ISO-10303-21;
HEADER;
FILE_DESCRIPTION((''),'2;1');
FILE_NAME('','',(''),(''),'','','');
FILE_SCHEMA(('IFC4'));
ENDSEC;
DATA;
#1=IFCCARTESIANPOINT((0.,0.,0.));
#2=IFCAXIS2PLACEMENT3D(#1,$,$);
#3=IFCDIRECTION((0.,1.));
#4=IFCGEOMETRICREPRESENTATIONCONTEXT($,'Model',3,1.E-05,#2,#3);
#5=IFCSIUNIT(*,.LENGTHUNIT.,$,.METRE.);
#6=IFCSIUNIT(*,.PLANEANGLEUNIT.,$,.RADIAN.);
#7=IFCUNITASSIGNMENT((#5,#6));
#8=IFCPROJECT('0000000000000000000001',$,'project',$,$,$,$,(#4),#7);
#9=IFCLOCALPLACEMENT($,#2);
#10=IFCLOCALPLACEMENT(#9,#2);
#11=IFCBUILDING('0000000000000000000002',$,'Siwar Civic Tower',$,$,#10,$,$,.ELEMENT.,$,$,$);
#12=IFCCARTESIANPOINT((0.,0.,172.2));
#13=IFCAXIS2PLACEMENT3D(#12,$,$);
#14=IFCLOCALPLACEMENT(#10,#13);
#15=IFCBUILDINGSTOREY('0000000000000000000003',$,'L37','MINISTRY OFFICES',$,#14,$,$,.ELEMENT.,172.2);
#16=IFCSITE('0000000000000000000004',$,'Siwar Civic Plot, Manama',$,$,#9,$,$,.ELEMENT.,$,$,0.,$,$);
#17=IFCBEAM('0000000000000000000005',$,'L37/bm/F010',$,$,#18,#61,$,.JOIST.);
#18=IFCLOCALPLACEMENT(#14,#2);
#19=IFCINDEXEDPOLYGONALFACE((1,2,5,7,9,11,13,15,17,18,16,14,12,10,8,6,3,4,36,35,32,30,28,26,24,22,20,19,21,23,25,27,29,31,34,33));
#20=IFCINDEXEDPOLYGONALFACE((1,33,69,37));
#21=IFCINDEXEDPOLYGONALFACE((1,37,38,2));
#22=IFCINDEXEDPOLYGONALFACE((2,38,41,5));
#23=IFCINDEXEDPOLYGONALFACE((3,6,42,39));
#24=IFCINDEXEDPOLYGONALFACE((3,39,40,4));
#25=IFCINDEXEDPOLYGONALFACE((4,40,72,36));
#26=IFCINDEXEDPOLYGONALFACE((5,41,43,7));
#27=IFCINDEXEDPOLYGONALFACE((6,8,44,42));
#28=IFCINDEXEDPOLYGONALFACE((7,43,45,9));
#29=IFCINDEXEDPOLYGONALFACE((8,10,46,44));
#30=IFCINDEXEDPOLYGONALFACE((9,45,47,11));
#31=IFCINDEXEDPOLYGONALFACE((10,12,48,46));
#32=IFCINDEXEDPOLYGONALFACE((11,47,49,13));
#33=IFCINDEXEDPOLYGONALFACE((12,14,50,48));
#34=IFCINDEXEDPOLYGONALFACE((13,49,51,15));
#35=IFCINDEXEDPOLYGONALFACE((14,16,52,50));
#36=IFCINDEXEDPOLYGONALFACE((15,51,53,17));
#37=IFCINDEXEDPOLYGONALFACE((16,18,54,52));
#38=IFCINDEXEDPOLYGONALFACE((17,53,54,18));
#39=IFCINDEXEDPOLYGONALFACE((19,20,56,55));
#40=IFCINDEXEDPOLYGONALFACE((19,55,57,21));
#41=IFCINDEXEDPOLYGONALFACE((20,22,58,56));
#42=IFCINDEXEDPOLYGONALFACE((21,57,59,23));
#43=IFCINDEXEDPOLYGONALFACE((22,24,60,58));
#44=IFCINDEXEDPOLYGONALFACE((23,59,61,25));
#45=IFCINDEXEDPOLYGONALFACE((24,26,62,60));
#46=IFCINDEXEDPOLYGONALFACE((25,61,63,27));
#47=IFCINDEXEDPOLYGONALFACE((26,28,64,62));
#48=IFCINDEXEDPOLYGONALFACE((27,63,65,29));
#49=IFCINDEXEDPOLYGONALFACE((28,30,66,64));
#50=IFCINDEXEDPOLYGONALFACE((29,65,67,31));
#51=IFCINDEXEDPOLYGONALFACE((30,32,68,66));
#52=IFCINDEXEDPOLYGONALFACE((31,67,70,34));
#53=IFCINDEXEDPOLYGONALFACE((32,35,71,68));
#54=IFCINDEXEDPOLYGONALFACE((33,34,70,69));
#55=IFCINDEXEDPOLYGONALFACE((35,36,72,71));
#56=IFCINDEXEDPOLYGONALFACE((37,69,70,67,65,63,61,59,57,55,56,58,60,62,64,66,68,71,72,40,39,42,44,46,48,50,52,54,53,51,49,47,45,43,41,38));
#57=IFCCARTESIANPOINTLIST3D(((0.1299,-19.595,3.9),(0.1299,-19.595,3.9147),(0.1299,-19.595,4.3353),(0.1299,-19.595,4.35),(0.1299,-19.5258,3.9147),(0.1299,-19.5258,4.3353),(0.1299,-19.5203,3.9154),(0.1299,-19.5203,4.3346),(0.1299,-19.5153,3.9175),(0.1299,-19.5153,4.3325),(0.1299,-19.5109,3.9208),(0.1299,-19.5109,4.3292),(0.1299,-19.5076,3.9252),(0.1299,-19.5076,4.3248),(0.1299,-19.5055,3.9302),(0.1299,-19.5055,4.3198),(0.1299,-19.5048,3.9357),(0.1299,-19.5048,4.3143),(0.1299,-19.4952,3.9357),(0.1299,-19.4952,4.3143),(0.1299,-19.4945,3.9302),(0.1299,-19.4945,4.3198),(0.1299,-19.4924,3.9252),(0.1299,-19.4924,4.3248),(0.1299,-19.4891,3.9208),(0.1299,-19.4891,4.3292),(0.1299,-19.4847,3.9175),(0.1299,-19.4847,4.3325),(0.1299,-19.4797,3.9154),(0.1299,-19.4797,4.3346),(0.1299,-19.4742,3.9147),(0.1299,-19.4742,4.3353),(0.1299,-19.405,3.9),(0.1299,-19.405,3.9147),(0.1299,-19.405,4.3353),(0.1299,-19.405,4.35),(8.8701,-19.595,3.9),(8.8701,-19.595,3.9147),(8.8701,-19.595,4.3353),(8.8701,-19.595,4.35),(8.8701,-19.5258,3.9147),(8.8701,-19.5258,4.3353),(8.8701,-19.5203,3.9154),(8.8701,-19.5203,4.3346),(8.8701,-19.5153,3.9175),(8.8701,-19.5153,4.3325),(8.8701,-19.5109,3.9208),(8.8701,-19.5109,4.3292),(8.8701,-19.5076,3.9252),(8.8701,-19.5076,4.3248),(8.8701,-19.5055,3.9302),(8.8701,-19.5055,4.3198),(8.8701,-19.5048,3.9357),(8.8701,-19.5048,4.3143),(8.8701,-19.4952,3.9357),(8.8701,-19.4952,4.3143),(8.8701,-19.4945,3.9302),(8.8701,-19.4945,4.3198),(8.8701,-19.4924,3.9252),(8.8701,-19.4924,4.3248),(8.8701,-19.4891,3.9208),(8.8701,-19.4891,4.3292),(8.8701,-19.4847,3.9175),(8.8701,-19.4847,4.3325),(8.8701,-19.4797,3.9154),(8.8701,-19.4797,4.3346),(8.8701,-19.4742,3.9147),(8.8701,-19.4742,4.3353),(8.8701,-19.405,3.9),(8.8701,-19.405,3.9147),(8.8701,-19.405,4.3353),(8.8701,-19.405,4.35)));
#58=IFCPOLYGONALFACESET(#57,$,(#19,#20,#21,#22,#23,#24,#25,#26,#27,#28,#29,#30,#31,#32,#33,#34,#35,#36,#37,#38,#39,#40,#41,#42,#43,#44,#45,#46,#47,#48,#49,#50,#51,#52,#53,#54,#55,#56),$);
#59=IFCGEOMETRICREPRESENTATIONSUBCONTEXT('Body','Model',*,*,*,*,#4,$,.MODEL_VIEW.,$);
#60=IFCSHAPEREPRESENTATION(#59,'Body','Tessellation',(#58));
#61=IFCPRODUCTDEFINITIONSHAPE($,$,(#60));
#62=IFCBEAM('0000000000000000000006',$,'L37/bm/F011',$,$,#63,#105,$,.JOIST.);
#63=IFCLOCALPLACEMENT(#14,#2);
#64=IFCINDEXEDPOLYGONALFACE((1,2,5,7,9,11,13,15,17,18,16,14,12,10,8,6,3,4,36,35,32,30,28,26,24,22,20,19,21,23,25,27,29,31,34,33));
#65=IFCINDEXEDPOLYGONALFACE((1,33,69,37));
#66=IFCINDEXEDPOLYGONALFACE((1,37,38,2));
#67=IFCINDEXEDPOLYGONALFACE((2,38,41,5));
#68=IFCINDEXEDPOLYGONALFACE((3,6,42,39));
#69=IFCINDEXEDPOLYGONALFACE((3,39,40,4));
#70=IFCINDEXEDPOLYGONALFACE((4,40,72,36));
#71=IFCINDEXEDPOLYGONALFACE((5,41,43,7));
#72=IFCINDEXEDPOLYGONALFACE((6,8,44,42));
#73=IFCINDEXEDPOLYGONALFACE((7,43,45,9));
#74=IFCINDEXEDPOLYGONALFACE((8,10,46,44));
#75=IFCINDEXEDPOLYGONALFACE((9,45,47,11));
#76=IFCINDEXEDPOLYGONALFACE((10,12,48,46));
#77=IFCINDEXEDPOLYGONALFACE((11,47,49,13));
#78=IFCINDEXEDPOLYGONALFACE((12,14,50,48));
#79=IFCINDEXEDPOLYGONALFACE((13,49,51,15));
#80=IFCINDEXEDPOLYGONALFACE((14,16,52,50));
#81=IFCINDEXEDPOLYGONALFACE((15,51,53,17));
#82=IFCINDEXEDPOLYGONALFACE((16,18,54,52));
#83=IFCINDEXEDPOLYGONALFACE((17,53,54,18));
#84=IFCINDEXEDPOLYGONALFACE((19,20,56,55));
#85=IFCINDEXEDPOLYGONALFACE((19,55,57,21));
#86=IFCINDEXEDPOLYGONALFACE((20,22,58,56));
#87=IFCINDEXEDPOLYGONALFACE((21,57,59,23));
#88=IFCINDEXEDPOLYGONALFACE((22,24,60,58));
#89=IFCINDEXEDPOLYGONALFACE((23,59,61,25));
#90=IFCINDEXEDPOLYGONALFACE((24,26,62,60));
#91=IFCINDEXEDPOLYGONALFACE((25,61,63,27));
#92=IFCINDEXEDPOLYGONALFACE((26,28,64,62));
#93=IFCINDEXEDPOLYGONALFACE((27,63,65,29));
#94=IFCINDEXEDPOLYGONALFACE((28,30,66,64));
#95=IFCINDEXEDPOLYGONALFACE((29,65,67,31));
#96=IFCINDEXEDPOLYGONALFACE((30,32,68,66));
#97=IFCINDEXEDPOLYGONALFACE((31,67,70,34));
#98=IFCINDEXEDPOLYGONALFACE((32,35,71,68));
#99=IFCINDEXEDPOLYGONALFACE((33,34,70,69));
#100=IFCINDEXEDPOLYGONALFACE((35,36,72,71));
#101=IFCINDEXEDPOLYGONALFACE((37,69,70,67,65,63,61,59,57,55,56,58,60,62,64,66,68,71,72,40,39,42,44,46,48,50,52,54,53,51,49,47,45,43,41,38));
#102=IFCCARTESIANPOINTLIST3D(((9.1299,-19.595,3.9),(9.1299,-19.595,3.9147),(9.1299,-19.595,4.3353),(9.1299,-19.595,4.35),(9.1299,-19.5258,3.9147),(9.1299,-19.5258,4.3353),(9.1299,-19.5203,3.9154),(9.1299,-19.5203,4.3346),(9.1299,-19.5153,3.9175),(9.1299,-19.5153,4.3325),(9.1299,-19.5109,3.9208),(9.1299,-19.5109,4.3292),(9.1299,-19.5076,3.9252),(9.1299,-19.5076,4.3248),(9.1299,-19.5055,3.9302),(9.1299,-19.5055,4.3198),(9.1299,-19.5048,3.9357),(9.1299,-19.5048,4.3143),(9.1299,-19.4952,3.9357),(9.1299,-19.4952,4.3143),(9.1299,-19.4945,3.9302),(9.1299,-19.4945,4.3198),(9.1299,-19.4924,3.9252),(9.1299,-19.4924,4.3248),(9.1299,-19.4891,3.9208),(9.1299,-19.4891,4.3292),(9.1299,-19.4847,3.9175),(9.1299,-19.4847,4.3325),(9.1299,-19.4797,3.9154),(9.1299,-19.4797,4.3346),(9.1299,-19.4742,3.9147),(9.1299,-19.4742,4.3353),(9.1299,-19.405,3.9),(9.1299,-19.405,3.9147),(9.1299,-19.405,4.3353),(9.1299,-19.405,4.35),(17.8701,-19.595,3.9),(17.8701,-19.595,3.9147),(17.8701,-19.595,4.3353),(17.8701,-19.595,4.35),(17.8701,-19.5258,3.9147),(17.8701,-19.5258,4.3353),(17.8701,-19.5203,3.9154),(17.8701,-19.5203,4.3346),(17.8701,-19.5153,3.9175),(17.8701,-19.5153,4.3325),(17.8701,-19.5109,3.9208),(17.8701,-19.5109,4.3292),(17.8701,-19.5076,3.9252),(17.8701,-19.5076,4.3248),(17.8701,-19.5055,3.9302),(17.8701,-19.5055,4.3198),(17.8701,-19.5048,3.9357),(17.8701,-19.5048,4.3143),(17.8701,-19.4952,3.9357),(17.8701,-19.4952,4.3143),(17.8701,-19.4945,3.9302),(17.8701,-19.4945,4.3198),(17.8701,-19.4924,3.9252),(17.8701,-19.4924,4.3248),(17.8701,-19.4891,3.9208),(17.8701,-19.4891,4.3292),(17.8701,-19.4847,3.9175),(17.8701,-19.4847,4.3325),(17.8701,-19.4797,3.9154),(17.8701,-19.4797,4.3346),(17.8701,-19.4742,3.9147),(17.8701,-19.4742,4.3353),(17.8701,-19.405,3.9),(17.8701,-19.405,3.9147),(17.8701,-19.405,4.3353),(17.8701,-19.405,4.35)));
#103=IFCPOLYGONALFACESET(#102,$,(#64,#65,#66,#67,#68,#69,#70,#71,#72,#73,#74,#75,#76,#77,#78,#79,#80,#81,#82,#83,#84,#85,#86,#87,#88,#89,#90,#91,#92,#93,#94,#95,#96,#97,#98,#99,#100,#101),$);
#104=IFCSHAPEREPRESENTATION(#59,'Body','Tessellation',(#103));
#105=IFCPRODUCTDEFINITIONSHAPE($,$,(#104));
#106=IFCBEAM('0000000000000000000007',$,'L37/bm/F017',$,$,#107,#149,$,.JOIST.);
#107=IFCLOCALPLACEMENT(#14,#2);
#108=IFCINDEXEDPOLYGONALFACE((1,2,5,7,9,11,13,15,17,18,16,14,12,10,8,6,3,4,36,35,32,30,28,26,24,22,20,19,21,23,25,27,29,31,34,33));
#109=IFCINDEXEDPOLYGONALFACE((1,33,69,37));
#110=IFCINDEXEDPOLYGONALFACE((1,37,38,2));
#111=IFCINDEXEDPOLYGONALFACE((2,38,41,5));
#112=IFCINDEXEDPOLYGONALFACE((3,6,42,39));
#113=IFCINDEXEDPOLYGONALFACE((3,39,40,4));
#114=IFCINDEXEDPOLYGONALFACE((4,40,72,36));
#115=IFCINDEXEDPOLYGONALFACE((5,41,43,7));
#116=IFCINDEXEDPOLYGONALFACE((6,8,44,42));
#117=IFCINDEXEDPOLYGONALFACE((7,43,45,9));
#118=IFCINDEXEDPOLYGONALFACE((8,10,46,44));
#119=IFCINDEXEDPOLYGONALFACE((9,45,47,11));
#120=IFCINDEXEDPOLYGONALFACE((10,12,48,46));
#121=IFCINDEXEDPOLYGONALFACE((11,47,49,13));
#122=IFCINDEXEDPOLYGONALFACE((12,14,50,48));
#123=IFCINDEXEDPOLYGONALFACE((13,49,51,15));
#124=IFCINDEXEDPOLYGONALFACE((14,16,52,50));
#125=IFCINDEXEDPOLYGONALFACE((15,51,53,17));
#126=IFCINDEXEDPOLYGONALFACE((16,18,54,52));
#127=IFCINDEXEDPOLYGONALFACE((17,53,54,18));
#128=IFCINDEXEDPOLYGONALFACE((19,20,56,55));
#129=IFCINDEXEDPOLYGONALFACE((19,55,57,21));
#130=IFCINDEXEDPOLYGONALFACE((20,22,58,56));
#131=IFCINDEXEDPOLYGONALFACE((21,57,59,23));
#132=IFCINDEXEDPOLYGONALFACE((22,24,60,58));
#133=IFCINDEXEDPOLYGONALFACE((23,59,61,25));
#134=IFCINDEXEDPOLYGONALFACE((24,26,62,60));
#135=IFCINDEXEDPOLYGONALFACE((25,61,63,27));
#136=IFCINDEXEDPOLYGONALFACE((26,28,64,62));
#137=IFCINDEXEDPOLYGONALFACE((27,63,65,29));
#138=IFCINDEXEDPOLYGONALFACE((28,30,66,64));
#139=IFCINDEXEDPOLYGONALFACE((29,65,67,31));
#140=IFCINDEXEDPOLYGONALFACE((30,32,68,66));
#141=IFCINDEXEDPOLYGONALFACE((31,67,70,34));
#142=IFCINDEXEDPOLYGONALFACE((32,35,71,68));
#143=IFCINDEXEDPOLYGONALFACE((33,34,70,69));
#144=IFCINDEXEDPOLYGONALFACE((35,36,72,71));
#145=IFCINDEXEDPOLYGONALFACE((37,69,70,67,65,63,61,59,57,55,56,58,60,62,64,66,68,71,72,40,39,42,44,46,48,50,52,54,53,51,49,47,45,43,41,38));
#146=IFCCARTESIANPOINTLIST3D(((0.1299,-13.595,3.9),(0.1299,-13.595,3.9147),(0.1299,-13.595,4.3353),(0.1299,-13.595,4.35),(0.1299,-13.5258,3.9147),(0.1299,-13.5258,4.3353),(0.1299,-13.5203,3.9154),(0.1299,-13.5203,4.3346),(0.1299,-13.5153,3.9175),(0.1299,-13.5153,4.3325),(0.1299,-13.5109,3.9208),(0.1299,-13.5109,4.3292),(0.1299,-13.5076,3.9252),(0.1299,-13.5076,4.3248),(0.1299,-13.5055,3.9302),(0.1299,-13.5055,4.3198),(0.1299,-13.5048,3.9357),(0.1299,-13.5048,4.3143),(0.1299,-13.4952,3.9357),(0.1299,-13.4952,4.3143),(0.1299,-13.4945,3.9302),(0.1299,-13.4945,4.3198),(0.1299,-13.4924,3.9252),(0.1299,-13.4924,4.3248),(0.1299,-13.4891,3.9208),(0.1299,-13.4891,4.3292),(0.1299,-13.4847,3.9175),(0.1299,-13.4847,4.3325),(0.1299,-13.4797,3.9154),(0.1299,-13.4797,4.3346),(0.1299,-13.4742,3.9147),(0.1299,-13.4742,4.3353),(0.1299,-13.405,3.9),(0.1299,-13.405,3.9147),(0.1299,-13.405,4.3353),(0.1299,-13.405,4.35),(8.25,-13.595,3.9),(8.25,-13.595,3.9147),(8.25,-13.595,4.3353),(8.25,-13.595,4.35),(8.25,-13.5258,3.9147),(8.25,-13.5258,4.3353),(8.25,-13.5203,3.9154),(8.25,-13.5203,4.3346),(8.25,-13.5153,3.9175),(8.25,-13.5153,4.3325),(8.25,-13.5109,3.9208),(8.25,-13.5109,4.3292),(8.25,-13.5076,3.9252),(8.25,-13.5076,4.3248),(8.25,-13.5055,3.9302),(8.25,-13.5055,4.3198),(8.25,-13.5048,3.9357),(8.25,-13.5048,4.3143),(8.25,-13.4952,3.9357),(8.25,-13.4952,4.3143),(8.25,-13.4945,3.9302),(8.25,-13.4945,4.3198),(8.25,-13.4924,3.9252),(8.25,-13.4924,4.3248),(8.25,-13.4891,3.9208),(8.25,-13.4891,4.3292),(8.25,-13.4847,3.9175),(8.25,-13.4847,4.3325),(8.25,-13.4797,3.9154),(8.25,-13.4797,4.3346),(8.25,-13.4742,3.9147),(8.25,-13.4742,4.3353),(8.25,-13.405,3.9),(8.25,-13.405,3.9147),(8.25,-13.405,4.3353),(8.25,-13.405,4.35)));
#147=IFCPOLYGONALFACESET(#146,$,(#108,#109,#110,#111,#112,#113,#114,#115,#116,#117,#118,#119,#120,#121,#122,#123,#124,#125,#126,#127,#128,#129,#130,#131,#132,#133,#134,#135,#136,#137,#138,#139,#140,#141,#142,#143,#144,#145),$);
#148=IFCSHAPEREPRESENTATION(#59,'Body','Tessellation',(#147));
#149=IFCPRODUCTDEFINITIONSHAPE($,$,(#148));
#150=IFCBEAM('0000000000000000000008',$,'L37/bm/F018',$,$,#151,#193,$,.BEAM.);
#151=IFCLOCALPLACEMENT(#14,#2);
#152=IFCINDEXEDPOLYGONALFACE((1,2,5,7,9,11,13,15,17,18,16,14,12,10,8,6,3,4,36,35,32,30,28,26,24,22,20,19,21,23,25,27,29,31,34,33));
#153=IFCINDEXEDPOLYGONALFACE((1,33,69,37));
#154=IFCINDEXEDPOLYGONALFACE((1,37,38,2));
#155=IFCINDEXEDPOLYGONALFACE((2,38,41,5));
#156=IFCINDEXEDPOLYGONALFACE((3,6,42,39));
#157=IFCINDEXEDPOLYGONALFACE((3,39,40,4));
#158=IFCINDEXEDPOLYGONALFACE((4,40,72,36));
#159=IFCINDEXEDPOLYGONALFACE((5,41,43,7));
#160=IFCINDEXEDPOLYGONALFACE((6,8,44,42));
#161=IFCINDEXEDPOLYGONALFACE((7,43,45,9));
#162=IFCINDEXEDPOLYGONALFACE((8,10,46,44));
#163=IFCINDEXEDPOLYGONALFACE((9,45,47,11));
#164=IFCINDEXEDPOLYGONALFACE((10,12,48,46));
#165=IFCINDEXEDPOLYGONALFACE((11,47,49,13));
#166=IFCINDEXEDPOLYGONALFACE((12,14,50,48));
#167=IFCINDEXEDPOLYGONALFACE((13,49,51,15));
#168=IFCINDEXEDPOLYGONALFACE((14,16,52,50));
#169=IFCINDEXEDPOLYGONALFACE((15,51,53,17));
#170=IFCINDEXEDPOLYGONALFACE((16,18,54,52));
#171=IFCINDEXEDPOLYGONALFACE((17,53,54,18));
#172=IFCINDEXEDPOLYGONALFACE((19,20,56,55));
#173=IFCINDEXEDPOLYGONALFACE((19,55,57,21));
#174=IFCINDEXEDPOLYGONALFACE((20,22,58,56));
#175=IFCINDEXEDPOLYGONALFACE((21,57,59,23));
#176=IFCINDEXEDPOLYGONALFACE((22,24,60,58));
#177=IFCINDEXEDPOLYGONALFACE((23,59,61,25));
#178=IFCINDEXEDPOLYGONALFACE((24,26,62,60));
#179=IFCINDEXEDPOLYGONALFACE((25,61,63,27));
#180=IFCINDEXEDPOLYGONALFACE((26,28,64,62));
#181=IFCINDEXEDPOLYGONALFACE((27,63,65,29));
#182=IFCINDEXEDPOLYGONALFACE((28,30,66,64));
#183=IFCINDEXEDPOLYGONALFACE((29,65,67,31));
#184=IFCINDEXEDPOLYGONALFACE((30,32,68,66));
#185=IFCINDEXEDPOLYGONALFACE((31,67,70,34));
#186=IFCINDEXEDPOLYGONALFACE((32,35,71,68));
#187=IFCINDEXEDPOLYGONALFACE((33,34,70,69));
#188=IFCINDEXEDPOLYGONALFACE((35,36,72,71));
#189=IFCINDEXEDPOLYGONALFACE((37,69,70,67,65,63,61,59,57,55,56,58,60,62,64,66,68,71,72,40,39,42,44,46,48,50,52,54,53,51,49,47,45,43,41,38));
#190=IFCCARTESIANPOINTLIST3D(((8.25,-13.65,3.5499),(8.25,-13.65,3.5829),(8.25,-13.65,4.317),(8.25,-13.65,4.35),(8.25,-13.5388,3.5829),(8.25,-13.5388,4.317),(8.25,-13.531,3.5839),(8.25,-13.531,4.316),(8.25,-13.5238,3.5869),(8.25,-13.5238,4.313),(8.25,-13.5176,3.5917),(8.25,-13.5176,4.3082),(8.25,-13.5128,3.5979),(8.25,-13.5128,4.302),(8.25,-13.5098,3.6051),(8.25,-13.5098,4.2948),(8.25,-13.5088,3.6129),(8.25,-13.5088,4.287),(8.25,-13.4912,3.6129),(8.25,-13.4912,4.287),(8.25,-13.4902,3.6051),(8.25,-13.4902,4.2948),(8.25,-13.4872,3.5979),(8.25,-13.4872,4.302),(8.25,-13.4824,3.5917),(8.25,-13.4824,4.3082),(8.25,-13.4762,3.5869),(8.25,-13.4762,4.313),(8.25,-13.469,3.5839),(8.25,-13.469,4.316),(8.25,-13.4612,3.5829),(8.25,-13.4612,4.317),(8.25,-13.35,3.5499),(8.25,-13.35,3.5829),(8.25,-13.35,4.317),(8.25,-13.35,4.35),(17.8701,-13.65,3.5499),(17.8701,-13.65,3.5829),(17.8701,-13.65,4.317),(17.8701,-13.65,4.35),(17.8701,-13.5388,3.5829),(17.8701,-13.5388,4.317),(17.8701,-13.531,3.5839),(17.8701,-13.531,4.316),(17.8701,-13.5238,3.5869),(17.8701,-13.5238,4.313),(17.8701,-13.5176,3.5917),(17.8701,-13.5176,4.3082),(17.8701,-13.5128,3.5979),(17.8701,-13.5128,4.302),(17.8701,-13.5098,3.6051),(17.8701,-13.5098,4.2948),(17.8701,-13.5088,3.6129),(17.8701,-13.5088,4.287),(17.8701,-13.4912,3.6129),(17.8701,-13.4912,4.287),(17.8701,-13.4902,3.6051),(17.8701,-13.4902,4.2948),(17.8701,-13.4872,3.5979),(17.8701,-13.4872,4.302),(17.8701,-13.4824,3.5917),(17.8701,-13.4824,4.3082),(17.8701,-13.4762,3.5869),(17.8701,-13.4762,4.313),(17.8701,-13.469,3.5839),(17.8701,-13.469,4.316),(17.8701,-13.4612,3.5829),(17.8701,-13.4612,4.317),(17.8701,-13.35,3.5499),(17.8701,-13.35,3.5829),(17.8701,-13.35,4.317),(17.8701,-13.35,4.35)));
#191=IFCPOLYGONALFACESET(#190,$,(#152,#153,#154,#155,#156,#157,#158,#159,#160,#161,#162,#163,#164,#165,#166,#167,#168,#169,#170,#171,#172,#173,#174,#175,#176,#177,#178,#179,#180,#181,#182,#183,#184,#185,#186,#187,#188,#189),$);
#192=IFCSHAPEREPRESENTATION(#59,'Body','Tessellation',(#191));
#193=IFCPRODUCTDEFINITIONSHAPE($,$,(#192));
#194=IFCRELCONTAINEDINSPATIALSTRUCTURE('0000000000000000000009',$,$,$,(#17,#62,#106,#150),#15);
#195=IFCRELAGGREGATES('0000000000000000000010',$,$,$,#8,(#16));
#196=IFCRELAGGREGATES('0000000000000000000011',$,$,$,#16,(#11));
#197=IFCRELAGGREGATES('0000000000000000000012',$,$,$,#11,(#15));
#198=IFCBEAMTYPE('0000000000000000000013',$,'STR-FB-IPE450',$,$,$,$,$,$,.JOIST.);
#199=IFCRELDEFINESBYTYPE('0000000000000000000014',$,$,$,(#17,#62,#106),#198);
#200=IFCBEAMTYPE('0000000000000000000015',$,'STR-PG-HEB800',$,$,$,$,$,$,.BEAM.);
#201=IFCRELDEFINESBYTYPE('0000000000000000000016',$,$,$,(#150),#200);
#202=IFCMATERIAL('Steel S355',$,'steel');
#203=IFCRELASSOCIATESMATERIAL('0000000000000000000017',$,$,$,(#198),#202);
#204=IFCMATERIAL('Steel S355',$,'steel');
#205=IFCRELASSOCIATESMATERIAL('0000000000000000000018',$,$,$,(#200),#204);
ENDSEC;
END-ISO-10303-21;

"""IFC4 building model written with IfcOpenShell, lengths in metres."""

from ifc_helpers import new_model, si_unit, direction, frame, origin, origin_2d, place, context, subcontext, project, spatial, i_section, extrude, material, material_profile, profile_set, type_object, element, save


model = new_model("IFC4")

# Units and contexts
model_context = context("Model", 3, precision=1e-05, world=origin(), true_north=direction((0.0, 1.0)))
body_context = subcontext(model_context, "Body", "Model", "MODEL_VIEW")
ifc_project = project(units=[si_unit("LENGTHUNIT", "METRE"), si_unit("PLANEANGLEUNIT", "RADIAN")], contexts=[model_context])

# Site, building, storey
site_placement = place(None, origin())
site = spatial("IfcSite", under=ifc_project, at=site_placement, Name="Siwar Civic Plot, Manama", CompositionType="ELEMENT", RefElevation=0.0)
building_placement = place(site_placement, origin())
building = spatial("IfcBuilding", under=site, at=building_placement, Name="Siwar Civic Tower", CompositionType="ELEMENT")
storey_placement = place(building_placement, frame((0.0, 0.0, 172.2)))
storey = spatial("IfcBuildingStorey", under=building, at=storey_placement, Name="L37", Description="MINISTRY OFFICES", CompositionType="ELEMENT", Elevation=172.2)

# Beams
ifc_material_1 = material(Name="Steel S355", Category="steel")
ifc_material_profile_1 = material_profile(ifc_material_1, i_section(OverallWidth=0.1899, OverallDepth=0.45, WebThickness=0.0095, FlangeThickness=0.0146, FilletRadius=0.021, at=origin_2d()), Name="IPE450")
ifc_profile_set_1 = profile_set([ifc_material_profile_1], Name="Steel S355")
beam_type_1 = type_object("IfcBeamType", Name="STR-FB-IPE450", PredefinedType="JOIST", material=ifc_profile_set_1)
for number, where, z_axis, x_axis, name in (
    (1, (0.1299, -19.5, 4.125), (1.0, 0.0, 0.0), (0.0, 1.0, 0.0), "L37/bm/F010"),
    (2, (9.1299, -19.5, 4.125), (1.0, 0.0, 0.0), (0.0, 1.0, 0.0), "L37/bm/F011"),
):
    element("IfcBeam", number, at=place(storey_placement, frame(where, z_axis=z_axis, x_axis=x_axis)), inside=storey, type_object=beam_type_1, Name=name, PredefinedType="JOIST", context=body_context, shape_type="SweptSolid", body=[
        extrude(i_section(OverallWidth=0.1899, OverallDepth=0.45, WebThickness=0.0095, FlangeThickness=0.0146, FilletRadius=0.021, at=origin_2d()), origin(), (0.0, 0.0, 1.0), 8.7402),
    ])
beam_1_placement = place(storey_placement, frame((0.1299, -13.5, 4.125), z_axis=(1.0, 0.0, 0.0), x_axis=(0.0, 1.0, 0.0)))
element("IfcBeam", 3, at=beam_1_placement, inside=storey, type_object=beam_type_1, Name="L37/bm/F017", PredefinedType="JOIST", context=body_context, shape_type="SweptSolid", body=[
    extrude(i_section(OverallWidth=0.1899, OverallDepth=0.45, WebThickness=0.0095, FlangeThickness=0.0146, FilletRadius=0.021, at=origin_2d()), origin(), (0.0, 0.0, 1.0), 8.1201),
])
ifc_material_2 = material(Name="Steel S355", Category="steel")
ifc_material_profile_2 = material_profile(ifc_material_2, i_section(OverallWidth=0.3, OverallDepth=0.8, WebThickness=0.0176, FlangeThickness=0.033, FilletRadius=0.03, at=origin_2d()), Name="HEB800")
ifc_profile_set_2 = profile_set([ifc_material_profile_2], Name="Steel S355")
beam_type_2 = type_object("IfcBeamType", Name="STR-PG-HEB800", PredefinedType="BEAM", material=ifc_profile_set_2)
beam_2_placement = place(storey_placement, frame((8.25, -13.5, 3.95), z_axis=(1.0, 0.0, 0.0), x_axis=(0.0, 1.0, 0.0)))
element("IfcBeam", 4, at=beam_2_placement, inside=storey, type_object=beam_type_2, Name="L37/bm/F018", PredefinedType="BEAM", context=body_context, shape_type="SweptSolid", body=[
    extrude(i_section(OverallWidth=0.3, OverallDepth=0.8, WebThickness=0.0176, FlangeThickness=0.033, FilletRadius=0.03, at=origin_2d()), origin(), (0.0, 0.0, 1.0), 9.6201),
])

save(model, "model.ifc")
